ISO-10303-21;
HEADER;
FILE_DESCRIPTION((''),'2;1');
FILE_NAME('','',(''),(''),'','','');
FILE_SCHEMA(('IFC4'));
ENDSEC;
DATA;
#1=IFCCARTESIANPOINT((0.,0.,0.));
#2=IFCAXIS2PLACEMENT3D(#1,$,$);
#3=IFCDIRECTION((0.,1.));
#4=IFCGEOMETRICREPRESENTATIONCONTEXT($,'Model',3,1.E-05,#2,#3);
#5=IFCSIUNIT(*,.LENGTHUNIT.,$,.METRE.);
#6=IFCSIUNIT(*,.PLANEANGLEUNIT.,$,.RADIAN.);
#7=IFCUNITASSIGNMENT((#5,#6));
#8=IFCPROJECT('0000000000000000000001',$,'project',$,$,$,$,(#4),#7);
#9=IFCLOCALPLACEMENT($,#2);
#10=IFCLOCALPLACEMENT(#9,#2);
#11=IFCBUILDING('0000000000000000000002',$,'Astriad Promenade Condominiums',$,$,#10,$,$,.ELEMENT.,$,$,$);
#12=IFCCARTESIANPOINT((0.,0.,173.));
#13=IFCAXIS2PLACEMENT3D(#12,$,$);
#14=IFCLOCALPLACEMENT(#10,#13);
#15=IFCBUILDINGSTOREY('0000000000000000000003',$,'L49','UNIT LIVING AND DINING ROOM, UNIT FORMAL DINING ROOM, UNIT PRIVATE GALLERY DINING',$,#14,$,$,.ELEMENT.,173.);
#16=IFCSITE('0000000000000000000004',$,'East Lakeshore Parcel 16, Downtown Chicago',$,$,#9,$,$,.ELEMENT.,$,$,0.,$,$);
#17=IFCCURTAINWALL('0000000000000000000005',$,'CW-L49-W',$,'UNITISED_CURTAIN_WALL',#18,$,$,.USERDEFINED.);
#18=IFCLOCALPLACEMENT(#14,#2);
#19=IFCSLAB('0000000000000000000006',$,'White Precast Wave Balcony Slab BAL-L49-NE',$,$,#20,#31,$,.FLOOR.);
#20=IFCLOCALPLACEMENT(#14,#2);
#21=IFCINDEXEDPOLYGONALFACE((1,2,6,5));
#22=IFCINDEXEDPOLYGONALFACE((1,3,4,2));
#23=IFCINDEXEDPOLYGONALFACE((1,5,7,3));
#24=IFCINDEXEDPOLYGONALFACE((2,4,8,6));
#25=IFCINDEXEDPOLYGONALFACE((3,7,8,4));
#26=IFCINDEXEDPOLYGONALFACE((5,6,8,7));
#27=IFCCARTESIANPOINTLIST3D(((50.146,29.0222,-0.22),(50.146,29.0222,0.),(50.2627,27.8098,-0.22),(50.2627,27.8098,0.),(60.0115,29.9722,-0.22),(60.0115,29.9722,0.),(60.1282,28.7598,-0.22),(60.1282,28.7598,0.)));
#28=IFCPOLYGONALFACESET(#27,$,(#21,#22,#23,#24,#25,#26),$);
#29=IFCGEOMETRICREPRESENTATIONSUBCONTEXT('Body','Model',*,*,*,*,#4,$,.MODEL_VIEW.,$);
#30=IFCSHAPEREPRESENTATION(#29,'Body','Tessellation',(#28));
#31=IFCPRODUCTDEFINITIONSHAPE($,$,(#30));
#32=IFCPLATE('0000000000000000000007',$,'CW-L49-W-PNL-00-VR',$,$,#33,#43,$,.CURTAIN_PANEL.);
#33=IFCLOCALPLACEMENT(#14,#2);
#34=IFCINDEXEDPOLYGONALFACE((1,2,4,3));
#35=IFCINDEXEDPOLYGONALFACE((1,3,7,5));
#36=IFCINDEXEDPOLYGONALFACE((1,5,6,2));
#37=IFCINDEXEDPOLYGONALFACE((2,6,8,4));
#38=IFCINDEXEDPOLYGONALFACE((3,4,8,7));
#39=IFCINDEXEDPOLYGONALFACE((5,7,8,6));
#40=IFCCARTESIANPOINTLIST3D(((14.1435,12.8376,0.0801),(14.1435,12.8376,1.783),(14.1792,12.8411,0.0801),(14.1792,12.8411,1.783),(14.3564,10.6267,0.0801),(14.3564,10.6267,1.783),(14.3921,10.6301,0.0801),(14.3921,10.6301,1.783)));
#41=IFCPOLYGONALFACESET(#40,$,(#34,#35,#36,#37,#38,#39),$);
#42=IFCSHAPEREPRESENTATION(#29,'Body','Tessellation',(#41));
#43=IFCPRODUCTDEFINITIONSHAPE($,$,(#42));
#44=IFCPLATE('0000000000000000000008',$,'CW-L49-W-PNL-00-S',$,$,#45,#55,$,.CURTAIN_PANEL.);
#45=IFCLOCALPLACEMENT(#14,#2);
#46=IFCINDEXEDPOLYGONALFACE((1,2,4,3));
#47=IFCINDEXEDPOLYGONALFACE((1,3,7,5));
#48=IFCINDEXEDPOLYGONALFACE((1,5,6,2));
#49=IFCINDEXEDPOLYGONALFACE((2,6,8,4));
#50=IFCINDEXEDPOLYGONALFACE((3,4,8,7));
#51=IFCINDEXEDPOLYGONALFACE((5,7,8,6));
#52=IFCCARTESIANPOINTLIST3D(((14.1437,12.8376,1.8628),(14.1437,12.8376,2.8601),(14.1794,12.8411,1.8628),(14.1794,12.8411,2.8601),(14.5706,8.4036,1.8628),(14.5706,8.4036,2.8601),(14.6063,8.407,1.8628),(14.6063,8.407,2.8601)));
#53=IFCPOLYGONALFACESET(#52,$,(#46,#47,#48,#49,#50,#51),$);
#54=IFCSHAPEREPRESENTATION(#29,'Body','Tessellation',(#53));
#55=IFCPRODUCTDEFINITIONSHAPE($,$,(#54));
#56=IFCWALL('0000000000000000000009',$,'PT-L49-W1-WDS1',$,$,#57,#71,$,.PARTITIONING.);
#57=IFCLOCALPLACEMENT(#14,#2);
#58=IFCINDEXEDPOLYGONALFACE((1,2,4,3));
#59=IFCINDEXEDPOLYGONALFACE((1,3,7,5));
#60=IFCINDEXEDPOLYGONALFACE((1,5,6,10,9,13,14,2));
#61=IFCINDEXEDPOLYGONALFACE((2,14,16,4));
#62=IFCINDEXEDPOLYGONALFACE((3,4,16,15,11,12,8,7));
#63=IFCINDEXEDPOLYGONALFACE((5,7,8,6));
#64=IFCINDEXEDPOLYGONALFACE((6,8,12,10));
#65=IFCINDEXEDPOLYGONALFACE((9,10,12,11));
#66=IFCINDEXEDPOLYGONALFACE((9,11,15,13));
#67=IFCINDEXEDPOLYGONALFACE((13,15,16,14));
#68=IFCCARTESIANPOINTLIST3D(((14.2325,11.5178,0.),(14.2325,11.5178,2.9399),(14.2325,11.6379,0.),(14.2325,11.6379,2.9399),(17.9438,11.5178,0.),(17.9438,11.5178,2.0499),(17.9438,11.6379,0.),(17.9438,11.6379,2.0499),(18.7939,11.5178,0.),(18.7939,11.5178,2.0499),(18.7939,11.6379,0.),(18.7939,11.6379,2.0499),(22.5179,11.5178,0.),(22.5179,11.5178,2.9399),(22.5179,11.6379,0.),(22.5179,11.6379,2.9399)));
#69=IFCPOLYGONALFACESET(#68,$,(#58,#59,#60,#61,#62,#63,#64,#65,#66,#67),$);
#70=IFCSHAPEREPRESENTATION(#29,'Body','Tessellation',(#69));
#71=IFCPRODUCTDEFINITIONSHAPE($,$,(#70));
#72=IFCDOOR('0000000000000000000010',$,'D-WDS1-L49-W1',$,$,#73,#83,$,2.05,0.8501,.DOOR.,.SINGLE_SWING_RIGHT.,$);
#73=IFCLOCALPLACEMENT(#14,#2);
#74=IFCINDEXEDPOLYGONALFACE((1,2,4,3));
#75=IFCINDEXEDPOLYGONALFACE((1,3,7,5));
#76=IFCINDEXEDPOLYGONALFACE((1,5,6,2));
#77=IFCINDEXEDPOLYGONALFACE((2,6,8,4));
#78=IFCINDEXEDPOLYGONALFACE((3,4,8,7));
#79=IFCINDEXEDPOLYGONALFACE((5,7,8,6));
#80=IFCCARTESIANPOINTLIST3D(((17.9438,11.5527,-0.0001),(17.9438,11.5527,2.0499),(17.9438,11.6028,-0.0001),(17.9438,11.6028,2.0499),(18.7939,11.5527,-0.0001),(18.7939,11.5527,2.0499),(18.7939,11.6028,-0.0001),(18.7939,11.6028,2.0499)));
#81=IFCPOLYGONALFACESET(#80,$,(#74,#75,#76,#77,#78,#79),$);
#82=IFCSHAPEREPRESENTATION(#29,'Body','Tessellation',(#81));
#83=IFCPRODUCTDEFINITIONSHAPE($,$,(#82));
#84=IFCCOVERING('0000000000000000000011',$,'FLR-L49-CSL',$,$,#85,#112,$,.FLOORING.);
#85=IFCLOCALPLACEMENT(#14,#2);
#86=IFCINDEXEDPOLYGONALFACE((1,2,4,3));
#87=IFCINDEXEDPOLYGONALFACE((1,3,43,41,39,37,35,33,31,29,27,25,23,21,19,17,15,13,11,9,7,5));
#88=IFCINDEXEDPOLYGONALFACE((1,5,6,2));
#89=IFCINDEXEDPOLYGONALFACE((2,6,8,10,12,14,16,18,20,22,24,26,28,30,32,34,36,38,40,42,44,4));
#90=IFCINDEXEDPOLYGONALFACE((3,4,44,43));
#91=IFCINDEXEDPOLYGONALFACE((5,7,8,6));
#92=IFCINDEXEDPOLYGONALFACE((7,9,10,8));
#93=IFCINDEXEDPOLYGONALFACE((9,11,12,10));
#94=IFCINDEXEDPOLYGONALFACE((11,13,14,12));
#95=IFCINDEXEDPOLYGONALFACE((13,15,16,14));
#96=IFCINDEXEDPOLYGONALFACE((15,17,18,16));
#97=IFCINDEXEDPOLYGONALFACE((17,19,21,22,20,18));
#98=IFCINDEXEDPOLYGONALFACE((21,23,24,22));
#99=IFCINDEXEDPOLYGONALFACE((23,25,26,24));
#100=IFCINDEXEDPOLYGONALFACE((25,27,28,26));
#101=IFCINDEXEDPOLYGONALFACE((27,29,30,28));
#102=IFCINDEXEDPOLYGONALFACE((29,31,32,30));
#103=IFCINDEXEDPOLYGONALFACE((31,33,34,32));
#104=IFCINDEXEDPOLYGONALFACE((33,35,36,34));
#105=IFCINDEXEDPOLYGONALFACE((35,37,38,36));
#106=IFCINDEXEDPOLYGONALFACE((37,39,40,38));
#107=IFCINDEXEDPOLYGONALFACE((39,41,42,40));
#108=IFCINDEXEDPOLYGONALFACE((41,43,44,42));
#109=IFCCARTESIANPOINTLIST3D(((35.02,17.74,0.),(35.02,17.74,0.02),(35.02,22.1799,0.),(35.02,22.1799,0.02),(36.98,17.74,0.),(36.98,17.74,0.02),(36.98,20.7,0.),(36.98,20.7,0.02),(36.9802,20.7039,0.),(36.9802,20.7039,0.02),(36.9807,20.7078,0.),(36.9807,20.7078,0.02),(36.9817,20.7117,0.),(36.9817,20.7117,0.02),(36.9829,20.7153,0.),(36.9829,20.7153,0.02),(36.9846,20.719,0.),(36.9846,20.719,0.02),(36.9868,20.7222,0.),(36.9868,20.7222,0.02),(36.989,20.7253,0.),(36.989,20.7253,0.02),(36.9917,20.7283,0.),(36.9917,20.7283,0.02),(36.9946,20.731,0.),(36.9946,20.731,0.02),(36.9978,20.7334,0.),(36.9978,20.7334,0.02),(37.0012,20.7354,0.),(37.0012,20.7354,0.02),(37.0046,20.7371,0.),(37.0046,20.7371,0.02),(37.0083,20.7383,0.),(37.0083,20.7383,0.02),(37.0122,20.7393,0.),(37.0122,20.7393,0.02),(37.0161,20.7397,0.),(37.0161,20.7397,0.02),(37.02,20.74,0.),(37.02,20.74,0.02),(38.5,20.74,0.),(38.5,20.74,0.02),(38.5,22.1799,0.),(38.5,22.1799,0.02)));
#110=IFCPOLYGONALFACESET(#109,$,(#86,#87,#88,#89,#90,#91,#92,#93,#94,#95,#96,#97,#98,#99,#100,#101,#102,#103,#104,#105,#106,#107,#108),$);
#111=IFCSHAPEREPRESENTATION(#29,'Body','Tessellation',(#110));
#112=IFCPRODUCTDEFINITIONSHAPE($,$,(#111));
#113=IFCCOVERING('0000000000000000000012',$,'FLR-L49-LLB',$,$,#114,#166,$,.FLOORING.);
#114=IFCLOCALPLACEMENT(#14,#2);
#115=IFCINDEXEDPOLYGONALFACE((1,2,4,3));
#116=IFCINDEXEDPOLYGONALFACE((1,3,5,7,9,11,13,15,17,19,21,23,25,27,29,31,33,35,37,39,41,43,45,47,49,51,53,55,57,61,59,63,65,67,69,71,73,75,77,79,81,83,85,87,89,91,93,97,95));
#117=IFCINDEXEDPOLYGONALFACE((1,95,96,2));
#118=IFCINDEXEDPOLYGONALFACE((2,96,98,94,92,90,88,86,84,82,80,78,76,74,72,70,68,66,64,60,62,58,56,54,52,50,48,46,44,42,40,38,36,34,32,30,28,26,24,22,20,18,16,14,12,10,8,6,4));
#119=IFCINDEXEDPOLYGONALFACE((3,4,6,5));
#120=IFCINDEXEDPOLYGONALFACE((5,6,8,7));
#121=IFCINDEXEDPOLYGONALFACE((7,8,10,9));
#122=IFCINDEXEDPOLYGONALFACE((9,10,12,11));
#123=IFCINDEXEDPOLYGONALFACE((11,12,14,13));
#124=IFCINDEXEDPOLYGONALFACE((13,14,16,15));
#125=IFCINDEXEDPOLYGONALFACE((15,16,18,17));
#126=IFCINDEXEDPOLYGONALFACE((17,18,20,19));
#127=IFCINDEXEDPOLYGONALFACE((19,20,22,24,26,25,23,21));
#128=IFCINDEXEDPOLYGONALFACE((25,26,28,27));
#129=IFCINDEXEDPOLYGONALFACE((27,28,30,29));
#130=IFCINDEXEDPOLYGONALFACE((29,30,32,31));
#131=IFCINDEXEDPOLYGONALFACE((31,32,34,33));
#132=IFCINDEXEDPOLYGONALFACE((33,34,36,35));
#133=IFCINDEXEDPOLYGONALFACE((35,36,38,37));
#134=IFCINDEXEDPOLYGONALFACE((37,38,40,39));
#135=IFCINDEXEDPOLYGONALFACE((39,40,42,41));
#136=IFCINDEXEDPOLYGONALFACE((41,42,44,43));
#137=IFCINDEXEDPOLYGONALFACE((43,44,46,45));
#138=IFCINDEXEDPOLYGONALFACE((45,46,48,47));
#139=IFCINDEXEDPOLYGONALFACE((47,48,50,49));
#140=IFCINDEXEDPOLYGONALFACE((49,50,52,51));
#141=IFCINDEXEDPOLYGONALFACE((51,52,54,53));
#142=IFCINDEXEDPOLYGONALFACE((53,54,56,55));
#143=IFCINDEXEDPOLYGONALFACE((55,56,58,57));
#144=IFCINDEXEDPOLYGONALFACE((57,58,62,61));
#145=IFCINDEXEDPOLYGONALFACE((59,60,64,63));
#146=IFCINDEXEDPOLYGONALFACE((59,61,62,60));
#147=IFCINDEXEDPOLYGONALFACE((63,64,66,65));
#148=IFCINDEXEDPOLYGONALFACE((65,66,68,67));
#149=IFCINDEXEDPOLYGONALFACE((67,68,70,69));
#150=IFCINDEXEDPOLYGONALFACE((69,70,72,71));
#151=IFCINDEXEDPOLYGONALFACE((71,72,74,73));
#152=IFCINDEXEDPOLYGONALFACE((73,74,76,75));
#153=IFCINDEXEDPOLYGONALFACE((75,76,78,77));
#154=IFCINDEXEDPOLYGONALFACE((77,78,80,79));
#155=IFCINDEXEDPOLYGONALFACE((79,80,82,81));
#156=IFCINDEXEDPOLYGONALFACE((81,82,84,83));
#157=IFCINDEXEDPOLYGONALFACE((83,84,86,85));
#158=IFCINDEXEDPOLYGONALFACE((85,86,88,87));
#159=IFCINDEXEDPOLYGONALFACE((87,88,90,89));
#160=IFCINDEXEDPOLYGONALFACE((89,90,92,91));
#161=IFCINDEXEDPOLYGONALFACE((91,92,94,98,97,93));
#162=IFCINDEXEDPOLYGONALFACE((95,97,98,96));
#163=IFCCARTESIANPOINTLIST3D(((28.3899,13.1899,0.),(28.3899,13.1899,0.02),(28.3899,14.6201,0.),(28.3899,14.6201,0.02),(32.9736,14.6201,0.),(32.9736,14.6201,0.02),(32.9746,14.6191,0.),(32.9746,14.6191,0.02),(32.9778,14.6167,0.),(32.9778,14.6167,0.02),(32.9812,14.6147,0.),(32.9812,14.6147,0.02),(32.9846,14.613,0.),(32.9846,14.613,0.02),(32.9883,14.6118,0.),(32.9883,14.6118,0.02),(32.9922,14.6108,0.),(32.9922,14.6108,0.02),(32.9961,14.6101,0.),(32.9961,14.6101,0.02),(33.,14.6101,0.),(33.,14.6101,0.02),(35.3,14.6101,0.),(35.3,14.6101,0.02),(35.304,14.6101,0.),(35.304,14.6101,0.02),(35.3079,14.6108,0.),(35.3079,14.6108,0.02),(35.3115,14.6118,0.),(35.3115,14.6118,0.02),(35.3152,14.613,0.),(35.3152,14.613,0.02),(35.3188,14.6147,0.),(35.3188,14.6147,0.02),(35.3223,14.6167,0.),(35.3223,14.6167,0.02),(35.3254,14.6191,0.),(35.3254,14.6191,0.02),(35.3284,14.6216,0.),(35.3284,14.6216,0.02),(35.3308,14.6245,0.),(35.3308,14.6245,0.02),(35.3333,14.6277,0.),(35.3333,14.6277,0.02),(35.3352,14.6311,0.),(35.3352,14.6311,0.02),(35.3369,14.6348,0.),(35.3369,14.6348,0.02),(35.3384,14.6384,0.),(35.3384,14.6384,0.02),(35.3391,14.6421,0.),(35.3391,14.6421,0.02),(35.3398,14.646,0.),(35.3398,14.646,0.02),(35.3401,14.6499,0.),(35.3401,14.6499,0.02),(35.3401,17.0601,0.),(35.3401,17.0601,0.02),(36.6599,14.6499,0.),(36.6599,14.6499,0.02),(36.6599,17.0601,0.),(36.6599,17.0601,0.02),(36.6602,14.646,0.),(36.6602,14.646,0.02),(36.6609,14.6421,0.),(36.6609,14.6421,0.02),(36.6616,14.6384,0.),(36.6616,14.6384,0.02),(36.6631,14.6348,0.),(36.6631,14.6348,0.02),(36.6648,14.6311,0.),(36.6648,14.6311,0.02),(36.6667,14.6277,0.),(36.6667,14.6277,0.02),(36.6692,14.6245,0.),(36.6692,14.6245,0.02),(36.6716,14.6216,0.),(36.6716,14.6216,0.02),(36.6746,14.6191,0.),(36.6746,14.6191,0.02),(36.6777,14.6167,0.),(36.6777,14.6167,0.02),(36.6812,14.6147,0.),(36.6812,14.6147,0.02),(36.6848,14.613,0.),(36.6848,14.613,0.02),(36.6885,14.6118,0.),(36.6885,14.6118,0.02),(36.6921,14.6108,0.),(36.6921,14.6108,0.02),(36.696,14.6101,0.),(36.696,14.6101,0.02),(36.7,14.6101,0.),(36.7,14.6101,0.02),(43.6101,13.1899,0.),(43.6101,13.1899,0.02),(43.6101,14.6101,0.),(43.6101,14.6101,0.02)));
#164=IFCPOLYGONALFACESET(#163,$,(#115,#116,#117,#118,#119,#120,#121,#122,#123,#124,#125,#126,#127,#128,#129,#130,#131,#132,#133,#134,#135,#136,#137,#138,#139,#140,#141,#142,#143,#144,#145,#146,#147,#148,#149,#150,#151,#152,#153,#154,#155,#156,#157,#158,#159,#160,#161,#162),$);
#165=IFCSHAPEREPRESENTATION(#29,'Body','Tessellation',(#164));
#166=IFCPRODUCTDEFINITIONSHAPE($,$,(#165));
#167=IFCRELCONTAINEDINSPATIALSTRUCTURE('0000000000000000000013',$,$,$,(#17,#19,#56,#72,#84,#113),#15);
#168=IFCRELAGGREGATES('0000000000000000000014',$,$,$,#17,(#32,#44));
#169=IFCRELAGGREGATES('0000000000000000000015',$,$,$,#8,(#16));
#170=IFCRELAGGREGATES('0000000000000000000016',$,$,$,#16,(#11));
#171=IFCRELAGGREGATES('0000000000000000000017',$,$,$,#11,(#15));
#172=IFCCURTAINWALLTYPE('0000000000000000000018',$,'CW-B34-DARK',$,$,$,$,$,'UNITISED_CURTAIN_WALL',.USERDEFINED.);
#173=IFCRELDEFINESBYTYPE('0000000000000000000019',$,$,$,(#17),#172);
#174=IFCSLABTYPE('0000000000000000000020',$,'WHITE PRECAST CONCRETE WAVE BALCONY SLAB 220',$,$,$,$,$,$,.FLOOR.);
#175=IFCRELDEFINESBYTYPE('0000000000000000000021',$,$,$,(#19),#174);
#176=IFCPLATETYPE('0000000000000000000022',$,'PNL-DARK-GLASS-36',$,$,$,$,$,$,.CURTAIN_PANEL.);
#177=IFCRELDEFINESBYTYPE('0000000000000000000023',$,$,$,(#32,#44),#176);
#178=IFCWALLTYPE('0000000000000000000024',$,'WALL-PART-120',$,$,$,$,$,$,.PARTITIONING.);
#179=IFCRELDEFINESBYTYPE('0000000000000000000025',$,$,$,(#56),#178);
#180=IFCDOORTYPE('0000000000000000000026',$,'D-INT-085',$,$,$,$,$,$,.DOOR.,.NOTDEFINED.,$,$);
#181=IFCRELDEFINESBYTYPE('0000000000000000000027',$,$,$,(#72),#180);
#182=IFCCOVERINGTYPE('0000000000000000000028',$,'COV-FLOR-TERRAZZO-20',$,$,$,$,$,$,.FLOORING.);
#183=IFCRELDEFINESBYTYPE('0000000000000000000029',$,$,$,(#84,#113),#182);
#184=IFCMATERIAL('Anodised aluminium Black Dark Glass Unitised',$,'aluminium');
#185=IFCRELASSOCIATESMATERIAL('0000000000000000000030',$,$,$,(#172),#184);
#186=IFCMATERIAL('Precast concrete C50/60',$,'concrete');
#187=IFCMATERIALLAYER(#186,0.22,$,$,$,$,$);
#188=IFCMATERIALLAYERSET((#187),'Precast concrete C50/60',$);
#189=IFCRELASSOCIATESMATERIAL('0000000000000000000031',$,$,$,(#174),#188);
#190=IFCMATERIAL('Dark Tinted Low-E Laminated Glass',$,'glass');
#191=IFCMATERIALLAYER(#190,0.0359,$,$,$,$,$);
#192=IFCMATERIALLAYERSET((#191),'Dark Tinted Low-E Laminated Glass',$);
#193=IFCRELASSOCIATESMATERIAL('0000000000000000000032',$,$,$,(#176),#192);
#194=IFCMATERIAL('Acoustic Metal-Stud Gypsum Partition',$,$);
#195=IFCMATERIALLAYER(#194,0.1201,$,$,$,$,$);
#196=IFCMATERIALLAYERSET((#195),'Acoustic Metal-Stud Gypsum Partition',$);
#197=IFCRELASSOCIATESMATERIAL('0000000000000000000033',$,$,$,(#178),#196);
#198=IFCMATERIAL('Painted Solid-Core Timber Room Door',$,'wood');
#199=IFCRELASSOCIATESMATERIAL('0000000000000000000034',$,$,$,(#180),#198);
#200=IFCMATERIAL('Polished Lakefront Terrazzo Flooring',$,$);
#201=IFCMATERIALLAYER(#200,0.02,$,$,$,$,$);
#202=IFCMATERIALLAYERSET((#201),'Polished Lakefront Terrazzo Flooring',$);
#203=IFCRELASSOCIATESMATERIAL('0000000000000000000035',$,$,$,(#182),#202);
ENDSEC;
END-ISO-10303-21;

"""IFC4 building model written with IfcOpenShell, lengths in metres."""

from ifc_helpers import new_model, si_unit, direction, frame, frame_2d, origin, origin_2d, place, context, subcontext, project, spatial, polyline, rectangle, outline, extrude, source, transform, mapped, material, layer, layer_set, type_object, type_shapes, element, fill, aggregate, save


model = new_model("IFC4")

# Units and contexts
model_context = context("Model", 3, precision=1e-05, world=origin(), true_north=direction((0.0, 1.0)))
body_context = subcontext(model_context, "Body", "Model", "MODEL_VIEW")
ifc_project = project(units=[si_unit("LENGTHUNIT", "METRE"), si_unit("PLANEANGLEUNIT", "RADIAN")], contexts=[model_context])

# Site, building, storey
site_placement = place(None, origin())
site = spatial("IfcSite", under=ifc_project, at=site_placement, Name="East Lakeshore Parcel 16, Downtown Chicago", CompositionType="ELEMENT", RefElevation=0.0)
building_placement = place(site_placement, origin())
building = spatial("IfcBuilding", under=site, at=building_placement, Name="Astriad Promenade Condominiums", CompositionType="ELEMENT")
storey_placement = place(building_placement, frame((0.0, 0.0, 173.0)))
storey = spatial("IfcBuildingStorey", under=building, at=storey_placement, Name="L49", Description="UNIT LIVING AND DINING ROOM, UNIT FORMAL DINING ROOM, UNIT PRIVATE GALLERY DINING", CompositionType="ELEMENT", Elevation=173.0)

# Curtain wall
ifc_material_1 = material(Name="Anodised aluminium Black Dark Glass Unitised", Category="aluminium")
curtain_wall_type = type_object("IfcCurtainWallType", Name="CW-B34-DARK", ElementType="UNITISED_CURTAIN_WALL", PredefinedType="USERDEFINED", material=ifc_material_1)
curtain_wall_placement = place(storey_placement, origin())
curtain_wall = element("IfcCurtainWall", 1, at=curtain_wall_placement, inside=storey, type_object=curtain_wall_type, Name="CW-L49-W", ObjectType="UNITISED_CURTAIN_WALL", PredefinedType="USERDEFINED")

# Slab
ifc_material_2 = material(Name="Precast concrete C50/60", Category="concrete")
ifc_layer_1 = layer(ifc_material_2, 0.22)
ifc_layer_set_1 = layer_set([ifc_layer_1], Name="Precast concrete C50/60")
slab_type_1 = type_object("IfcSlabType", Name="WHITE PRECAST CONCRETE WAVE BALCONY SLAB 220", PredefinedType="FLOOR", material=ifc_layer_set_1)
slab_1_placement = place(storey_placement, frame((0.0, 0.0, -0.22)))
element("IfcSlab", 2, at=slab_1_placement, inside=storey, type_object=slab_type_1, Name="White Precast Wave Balcony Slab BAL-L49-NE", PredefinedType="FLOOR", context=body_context, shape_type="SweptSolid", body=[
    extrude(outline(polyline([(50.146, 29.0222), (60.0115, 29.9722), (60.1282, 28.7598), (50.2627, 27.8098), (50.146, 29.0222)])), origin(), (0.0, 0.0, 1.0), 0.22),
])

# Plates
ifc_material_3 = material(Name="Dark Tinted Low-E Laminated Glass", Category="glass")
ifc_layer_2 = layer(ifc_material_3, 0.0359)
ifc_layer_set_2 = layer_set([ifc_layer_2], Name="Dark Tinted Low-E Laminated Glass")
plate_type = type_object("IfcPlateType", Name="PNL-DARK-GLASS-36", PredefinedType="CURTAIN_PANEL", material=ifc_layer_set_2)
shared_shape_1 = source(origin(), body_context, "Body", "SweptSolid", [
    extrude(rectangle(XDim=2.2212, YDim=0.0359, at=origin_2d()), origin(), (0.0, 0.0, 1.0), 1.7029),
])
plate_1_placement = place(storey_placement, frame((14.2678, 11.7339, 0.0801), z_axis=(0.0, 0.0, 1.0), x_axis=(-0.095846, 0.995396, 0.0)))
plate_1 = element("IfcPlate", 3, at=plate_1_placement, type_object=plate_type, Name="CW-L49-W-PNL-00-VR", PredefinedType="CURTAIN_PANEL", context=body_context, shape_type="MappedRepresentation", body=[
    mapped(shared_shape_1, transform((0.0, 0.0, 0.0), scale=1.0)),
])
shared_shape_2 = source(origin(), body_context, "Body", "SweptSolid", [
    extrude(rectangle(XDim=4.4546, YDim=0.0359, at=origin_2d()), origin(), (0.0, 0.0, 1.0), 0.9973),
])
type_shapes(plate_type, [shared_shape_1, shared_shape_2])
plate_2_placement = place(storey_placement, frame((14.375, 10.6223, 1.8628), z_axis=(0.0, 0.0, 1.0), x_axis=(-0.095846, 0.995396, 0.0)))
plate_2 = element("IfcPlate", 4, at=plate_2_placement, type_object=plate_type, Name="CW-L49-W-PNL-00-S", PredefinedType="CURTAIN_PANEL", context=body_context, shape_type="MappedRepresentation", body=[
    mapped(shared_shape_2, transform((0.0, 0.0, 0.0), scale=1.0)),
])
aggregate(curtain_wall, [plate_1, plate_2])

# Wall, opening, door
ifc_material_4 = material(Name="Acoustic Metal-Stud Gypsum Partition")
ifc_layer_3 = layer(ifc_material_4, 0.1201)
ifc_layer_set_3 = layer_set([ifc_layer_3], Name="Acoustic Metal-Stud Gypsum Partition")
wall_type = type_object("IfcWallType", Name="WALL-PART-120", PredefinedType="PARTITIONING", material=ifc_layer_set_3)
wall_placement = place(storey_placement, frame((14.2327, 11.5779, 0.0), z_axis=(0.0, 0.0, 1.0), x_axis=(1.0, 0.0, 0.0)))
wall = element("IfcWall", 5, at=wall_placement, inside=storey, type_object=wall_type, Name="PT-L49-W1-WDS1", PredefinedType="PARTITIONING", context=body_context, shape_type="SweptSolid", body=[
    extrude(rectangle(XDim=8.2854, YDim=0.1201, at=frame_2d((4.1426, 0.0))), origin(), (0.0, 0.0, 1.0), 2.9399),
])
opening_placement = place(wall_placement, frame((3.7112, 0.0, 0.0)))
opening = element("IfcOpeningElement", 6, at=opening_placement, cuts=wall, PredefinedType="OPENING", context=body_context, shape_type="SweptSolid", body=[
    extrude(rectangle(XDim=0.8501, YDim=2.05, at=frame_2d((0.425, 1.0249))), frame((0.0, 0.0701, 0.0), z_axis=(0.0, -1.0, 0.0), x_axis=(1.0, 0.0, 0.0)), (0.0, 0.0, 1.0), 0.1401),
])
ifc_material_5 = material(Name="Painted Solid-Core Timber Room Door", Category="wood")
door_type = type_object("IfcDoorType", Name="D-INT-085", OperationType="NOTDEFINED", PredefinedType="DOOR", material=ifc_material_5)
shared_shape_3 = source(origin(), body_context, "Body", "SweptSolid", [
    extrude(rectangle(XDim=0.8501, YDim=2.05, at=frame_2d((0.425, 1.0249))), frame((0.0, 0.0249, 0.0), z_axis=(0.0, -1.0, 0.0), x_axis=(1.0, 0.0, 0.0)), (0.0, 0.0, 1.0), 0.05),
])
type_shapes(door_type, [shared_shape_3])
door_placement = place(opening_placement, origin())
door = element("IfcDoor", 7, at=door_placement, inside=storey, type_object=door_type, Name="D-WDS1-L49-W1", OperationType="SINGLE_SWING_RIGHT", OverallHeight=2.05, OverallWidth=0.8501, PredefinedType="DOOR", context=body_context, shape_type="MappedRepresentation", body=[
    mapped(shared_shape_3, transform((0.0, 0.0, 0.0), scale=1.0)),
])
fill(opening, door)

# Coverings
ifc_material_6 = material(Name="Polished Lakefront Terrazzo Flooring")
ifc_layer_4 = layer(ifc_material_6, 0.02)
ifc_layer_set_4 = layer_set([ifc_layer_4], Name="Polished Lakefront Terrazzo Flooring")
covering_type = type_object("IfcCoveringType", Name="COV-FLOR-TERRAZZO-20", PredefinedType="FLOORING", material=ifc_layer_set_4)
covering_1_placement = place(storey_placement, origin())
element("IfcCovering", 8, at=covering_1_placement, inside=storey, type_object=covering_type, Name="FLR-L49-CSL", PredefinedType="FLOORING", context=body_context, shape_type="SweptSolid", body=[
    extrude(outline(polyline([(36.98, 20.7), (36.98, 17.74), (35.02, 17.74), (35.02, 22.1799), (38.5, 22.1799), (38.5, 20.74), (37.02, 20.74), (37.0161, 20.7397), (37.0122, 20.7393), (37.0083, 20.7383), (37.0046, 20.7371), (37.0012, 20.7354), (36.9978, 20.7334), (36.9946, 20.731), (36.9917, 20.7283), (36.989, 20.7253), (36.9868, 20.7222), (36.9846, 20.719), (36.9829, 20.7153), (36.9817, 20.7117), (36.9807, 20.7078), (36.9802, 20.7039), (36.98, 20.7)])), origin(), (0.0, 0.0, 1.0), 0.02),
])
covering_2_placement = place(storey_placement, origin())
element("IfcCovering", 9, at=covering_2_placement, inside=storey, type_object=covering_type, Name="FLR-L49-LLB", PredefinedType="FLOORING", context=body_context, shape_type="SweptSolid", body=[
    extrude(outline(polyline([(32.9736, 14.6201), (32.9746, 14.6191), (32.9778, 14.6167), (32.9812, 14.6147), (32.9846, 14.613), (32.9883, 14.6118), (32.9922, 14.6108), (32.9961, 14.6101), (33.0, 14.6101), (35.3, 14.6101), (35.304, 14.6101), (35.3079, 14.6108), (35.3115, 14.6118), (35.3152, 14.613), (35.3188, 14.6147), (35.3223, 14.6167), (35.3254, 14.6191), (35.3284, 14.6216), (35.3308, 14.6245), (35.3333, 14.6277), (35.3352, 14.6311), (35.3369, 14.6348), (35.3384, 14.6384), (35.3391, 14.6421), (35.3398, 14.646), (35.3401, 14.6499), (35.3401, 17.0601), (36.6599, 17.0601), (36.6599, 14.6499), (36.6602, 14.646), (36.6609, 14.6421), (36.6616, 14.6384), (36.6631, 14.6348), (36.6648, 14.6311), (36.6667, 14.6277), (36.6692, 14.6245), (36.6716, 14.6216), (36.6746, 14.6191), (36.6777, 14.6167), (36.6812, 14.6147), (36.6848, 14.613), (36.6885, 14.6118), (36.6921, 14.6108), (36.696, 14.6101), (36.7, 14.6101), (43.6101, 14.6101), (43.6101, 13.1899), (28.3899, 13.1899), (28.3899, 14.6201), (32.9736, 14.6201)])), origin(), (0.0, 0.0, 1.0), 0.02),
])

save(model, "model.ifc")
